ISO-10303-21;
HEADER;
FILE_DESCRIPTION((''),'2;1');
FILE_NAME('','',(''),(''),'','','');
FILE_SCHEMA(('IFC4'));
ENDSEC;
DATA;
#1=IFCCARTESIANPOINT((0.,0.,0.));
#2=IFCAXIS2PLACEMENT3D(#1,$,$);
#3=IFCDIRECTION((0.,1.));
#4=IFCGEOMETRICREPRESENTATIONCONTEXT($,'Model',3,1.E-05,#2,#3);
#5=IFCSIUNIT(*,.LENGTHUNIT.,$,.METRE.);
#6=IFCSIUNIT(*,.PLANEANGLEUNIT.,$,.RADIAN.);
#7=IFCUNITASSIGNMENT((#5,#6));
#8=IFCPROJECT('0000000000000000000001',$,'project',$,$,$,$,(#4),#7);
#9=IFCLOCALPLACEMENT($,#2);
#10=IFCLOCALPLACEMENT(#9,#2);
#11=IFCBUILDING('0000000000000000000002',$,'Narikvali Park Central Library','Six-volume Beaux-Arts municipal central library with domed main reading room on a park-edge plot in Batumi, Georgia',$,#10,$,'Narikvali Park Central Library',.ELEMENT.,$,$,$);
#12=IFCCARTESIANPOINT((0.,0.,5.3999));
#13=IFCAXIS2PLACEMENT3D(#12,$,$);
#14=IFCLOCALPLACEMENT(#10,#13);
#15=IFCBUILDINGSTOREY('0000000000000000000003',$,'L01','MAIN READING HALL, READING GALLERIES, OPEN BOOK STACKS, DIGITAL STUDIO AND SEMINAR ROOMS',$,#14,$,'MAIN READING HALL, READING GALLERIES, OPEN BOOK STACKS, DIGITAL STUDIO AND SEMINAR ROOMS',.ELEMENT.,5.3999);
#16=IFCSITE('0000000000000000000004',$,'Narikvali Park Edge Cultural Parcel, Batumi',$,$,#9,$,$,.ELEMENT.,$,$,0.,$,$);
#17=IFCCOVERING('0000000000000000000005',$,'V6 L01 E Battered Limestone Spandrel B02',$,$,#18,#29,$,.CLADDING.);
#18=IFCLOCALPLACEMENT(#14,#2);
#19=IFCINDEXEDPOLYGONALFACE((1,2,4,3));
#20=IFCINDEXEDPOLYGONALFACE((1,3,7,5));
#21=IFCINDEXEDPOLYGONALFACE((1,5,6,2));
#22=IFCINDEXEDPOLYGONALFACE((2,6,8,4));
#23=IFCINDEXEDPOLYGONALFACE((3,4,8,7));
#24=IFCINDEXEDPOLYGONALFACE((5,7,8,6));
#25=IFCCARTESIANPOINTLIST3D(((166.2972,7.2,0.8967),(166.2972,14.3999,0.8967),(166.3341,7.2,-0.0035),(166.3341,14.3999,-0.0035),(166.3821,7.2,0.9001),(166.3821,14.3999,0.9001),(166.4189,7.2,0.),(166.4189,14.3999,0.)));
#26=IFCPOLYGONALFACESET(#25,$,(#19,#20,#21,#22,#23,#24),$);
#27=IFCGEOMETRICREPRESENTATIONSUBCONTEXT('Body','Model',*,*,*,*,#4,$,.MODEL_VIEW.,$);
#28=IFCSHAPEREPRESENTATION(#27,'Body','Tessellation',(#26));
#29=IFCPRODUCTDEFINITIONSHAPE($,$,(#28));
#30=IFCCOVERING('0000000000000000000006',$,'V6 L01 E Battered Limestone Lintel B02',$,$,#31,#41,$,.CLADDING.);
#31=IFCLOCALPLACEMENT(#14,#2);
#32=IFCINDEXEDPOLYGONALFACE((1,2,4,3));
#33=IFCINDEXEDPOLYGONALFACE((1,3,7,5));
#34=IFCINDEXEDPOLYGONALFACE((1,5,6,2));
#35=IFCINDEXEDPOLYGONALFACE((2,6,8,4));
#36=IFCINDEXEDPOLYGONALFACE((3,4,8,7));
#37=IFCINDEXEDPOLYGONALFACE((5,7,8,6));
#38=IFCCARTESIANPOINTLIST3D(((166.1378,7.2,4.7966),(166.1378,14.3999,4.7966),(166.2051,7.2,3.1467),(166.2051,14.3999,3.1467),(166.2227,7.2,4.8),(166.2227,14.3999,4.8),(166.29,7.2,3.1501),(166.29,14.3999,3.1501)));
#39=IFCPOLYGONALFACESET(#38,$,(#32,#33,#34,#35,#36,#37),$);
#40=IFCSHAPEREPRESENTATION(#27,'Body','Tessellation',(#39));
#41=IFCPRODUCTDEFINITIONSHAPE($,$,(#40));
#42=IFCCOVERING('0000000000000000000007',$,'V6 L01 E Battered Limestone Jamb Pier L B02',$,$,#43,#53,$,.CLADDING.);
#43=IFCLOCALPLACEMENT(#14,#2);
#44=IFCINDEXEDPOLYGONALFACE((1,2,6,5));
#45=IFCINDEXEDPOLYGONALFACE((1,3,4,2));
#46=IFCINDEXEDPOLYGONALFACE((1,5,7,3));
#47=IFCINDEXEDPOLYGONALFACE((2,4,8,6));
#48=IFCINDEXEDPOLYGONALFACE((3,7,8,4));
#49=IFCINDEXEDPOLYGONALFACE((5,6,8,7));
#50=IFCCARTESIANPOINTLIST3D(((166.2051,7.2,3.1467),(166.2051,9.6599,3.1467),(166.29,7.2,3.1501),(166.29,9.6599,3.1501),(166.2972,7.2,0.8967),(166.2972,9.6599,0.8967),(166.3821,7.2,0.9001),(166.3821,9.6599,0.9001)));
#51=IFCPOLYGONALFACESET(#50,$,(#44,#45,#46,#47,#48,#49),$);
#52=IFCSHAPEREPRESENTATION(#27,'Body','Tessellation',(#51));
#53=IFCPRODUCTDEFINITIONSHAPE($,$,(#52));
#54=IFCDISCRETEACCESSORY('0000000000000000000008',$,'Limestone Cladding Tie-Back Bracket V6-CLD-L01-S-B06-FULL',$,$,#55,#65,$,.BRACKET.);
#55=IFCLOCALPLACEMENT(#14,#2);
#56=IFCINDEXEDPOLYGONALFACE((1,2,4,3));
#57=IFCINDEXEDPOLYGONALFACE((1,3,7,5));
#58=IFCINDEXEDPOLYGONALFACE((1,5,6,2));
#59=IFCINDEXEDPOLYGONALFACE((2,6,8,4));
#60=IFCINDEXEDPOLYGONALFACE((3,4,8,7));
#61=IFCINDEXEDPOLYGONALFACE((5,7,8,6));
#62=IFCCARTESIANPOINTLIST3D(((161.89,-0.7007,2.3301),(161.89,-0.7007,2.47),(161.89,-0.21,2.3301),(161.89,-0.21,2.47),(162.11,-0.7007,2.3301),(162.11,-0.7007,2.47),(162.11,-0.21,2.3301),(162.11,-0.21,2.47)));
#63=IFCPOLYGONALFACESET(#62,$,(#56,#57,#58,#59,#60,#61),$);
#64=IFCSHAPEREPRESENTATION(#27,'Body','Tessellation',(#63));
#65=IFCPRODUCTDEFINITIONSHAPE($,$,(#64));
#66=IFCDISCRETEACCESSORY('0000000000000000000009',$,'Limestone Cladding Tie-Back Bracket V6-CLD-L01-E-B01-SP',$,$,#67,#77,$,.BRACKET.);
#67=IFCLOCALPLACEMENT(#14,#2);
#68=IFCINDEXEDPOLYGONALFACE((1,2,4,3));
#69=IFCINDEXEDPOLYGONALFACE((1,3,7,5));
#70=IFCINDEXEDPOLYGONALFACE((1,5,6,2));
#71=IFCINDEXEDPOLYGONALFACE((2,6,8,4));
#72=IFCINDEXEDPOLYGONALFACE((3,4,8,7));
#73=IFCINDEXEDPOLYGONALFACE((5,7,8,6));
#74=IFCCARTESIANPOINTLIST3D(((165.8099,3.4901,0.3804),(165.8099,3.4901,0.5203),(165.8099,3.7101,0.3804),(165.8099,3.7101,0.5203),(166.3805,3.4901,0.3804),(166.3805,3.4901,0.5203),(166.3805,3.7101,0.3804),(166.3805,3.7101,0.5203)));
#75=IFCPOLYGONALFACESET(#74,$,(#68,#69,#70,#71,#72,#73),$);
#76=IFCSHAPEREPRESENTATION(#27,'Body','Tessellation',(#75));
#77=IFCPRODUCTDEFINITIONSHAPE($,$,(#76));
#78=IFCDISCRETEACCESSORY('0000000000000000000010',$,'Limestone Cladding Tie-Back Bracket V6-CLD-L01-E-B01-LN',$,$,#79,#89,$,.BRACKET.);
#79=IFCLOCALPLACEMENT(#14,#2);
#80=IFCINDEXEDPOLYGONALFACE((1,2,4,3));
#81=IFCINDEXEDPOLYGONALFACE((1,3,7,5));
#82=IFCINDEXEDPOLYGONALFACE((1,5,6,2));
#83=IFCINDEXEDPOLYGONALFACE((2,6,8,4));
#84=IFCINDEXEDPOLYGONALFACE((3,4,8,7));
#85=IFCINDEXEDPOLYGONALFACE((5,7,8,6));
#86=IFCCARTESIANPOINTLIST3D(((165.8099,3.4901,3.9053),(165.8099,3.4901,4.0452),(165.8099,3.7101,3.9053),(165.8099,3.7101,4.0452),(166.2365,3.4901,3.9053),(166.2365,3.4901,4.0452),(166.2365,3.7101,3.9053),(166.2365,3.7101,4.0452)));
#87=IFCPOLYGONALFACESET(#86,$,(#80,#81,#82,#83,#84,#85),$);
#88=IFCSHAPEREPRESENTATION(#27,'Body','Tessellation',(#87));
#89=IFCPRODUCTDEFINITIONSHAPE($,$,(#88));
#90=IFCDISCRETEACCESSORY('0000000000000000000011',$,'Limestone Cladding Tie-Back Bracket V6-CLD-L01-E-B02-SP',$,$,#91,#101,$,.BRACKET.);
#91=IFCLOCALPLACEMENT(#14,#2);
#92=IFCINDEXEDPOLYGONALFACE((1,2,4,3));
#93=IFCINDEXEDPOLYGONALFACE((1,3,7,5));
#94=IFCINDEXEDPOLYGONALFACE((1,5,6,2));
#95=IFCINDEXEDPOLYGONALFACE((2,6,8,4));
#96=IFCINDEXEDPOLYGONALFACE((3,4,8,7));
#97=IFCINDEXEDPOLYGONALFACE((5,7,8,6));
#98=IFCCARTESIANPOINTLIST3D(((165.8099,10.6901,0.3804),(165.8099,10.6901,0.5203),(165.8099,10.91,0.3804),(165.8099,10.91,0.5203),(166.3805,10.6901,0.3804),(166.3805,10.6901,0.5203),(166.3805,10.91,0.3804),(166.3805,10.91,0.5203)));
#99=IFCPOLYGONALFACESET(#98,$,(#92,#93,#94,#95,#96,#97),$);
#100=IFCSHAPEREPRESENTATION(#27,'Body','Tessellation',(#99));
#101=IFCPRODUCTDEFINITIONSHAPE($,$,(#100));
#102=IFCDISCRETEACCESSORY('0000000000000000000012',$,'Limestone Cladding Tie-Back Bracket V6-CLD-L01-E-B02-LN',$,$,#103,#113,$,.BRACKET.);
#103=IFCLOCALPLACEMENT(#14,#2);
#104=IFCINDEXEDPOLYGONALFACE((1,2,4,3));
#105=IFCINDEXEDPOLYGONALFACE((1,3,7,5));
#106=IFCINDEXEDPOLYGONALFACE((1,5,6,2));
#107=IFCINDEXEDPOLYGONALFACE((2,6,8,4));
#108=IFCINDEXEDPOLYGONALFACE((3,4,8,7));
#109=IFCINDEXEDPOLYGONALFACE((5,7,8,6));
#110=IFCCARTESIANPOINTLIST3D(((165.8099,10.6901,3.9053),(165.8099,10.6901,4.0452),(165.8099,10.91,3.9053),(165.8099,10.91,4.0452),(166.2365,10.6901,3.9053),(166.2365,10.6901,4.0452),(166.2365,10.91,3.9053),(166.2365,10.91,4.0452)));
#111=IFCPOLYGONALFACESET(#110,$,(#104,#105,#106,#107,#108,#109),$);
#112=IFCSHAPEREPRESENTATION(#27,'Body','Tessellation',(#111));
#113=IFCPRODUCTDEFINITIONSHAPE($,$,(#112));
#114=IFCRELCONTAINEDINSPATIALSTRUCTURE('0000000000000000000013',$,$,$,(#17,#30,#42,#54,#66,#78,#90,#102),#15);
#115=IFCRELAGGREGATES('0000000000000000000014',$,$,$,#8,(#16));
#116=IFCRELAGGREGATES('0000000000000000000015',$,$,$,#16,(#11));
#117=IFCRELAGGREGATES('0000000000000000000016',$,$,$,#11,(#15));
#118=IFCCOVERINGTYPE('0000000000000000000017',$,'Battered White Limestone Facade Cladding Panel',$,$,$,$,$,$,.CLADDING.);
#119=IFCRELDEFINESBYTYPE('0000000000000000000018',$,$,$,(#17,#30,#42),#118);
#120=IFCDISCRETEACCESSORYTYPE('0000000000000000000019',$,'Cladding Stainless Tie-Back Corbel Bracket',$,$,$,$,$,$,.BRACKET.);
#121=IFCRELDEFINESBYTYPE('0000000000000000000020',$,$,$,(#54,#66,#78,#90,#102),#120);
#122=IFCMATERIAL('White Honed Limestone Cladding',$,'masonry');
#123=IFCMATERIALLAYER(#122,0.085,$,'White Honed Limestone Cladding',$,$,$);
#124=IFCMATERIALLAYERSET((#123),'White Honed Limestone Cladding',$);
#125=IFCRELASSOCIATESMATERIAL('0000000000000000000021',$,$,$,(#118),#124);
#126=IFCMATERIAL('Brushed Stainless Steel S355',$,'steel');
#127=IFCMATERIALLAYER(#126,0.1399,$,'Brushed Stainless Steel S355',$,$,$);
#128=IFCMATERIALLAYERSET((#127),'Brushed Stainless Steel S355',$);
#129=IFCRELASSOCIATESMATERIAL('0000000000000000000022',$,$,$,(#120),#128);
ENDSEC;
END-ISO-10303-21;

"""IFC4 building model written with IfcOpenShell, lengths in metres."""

from ifc_helpers import new_model, si_unit, direction, frame, origin, origin_2d, place, context, subcontext, project, spatial, polyline, rectangle, outline, extrude, material, layer, layer_set, type_object, element, save


model = new_model("IFC4")

# Units and contexts
model_context = context("Model", 3, precision=1e-05, world=origin(), true_north=direction((0.0, 1.0)))
body_context = subcontext(model_context, "Body", "Model", "MODEL_VIEW")
ifc_project = project(units=[si_unit("LENGTHUNIT", "METRE"), si_unit("PLANEANGLEUNIT", "RADIAN")], contexts=[model_context])

# Site, building, storey
site_placement = place(None, origin())
site = spatial("IfcSite", under=ifc_project, at=site_placement, Name="Narikvali Park Edge Cultural Parcel, Batumi", CompositionType="ELEMENT", RefElevation=0.0)
building_placement = place(site_placement, origin())
building = spatial("IfcBuilding", under=site, at=building_placement, Name="Narikvali Park Central Library", Description="Six-volume Beaux-Arts municipal central library with domed main reading room on a park-edge plot in Batumi, Georgia", LongName="Narikvali Park Central Library", CompositionType="ELEMENT")
storey_placement = place(building_placement, frame((0.0, 0.0, 5.3999)))
storey = spatial("IfcBuildingStorey", under=building, at=storey_placement, Name="L01", Description="MAIN READING HALL, READING GALLERIES, OPEN BOOK STACKS, DIGITAL STUDIO AND SEMINAR ROOMS", LongName="MAIN READING HALL, READING GALLERIES, OPEN BOOK STACKS, DIGITAL STUDIO AND SEMINAR ROOMS", CompositionType="ELEMENT", Elevation=5.3999)

# Coverings
ifc_material_1 = material(Name="White Honed Limestone Cladding", Category="masonry")
ifc_layer_1 = layer(ifc_material_1, 0.085, Name="White Honed Limestone Cladding")
ifc_layer_set_1 = layer_set([ifc_layer_1], Name="White Honed Limestone Cladding")
covering_type = type_object("IfcCoveringType", Name="Battered White Limestone Facade Cladding Panel", PredefinedType="CLADDING", material=ifc_layer_set_1)
covering_1_placement = place(storey_placement, frame((166.4189, 7.2, 0.0), z_axis=(0.999162, 0.0, 0.04092), x_axis=(0.0, 1.0, 0.0)))
element("IfcCovering", 1, at=covering_1_placement, inside=storey, type_object=covering_type, Name="V6 L01 E Battered Limestone Spandrel B02", PredefinedType="CLADDING", context=body_context, shape_type="SweptSolid", body=[
    extrude(outline(polyline([(0.0, 0.0), (7.2, 0.0), (7.2, 0.9009), (0.0, 0.9009), (0.0, 0.0)])), origin(), (0.0, 0.0, -1.0), 0.085),
])
covering_2_placement = place(storey_placement, frame((166.29, 7.2, 3.1501), z_axis=(0.999167, 0.0, 0.040806), x_axis=(0.0, 1.0, 0.0)))
element("IfcCovering", 2, at=covering_2_placement, inside=storey, type_object=covering_type, Name="V6 L01 E Battered Limestone Lintel B02", PredefinedType="CLADDING", context=body_context, shape_type="SweptSolid", body=[
    extrude(outline(polyline([(0.0, 0.0), (7.2, 0.0), (7.2, 1.6513), (0.0, 1.6513), (0.0, 0.0)])), origin(), (0.0, 0.0, -1.0), 0.085),
])
covering_3_placement = place(storey_placement, frame((166.3821, 7.2, 0.9001), z_axis=(0.999164, 0.0, 0.040873), x_axis=(0.0, 1.0, 0.0)))
element("IfcCovering", 3, at=covering_3_placement, inside=storey, type_object=covering_type, Name="V6 L01 E Battered Limestone Jamb Pier L B02", PredefinedType="CLADDING", context=body_context, shape_type="SweptSolid", body=[
    extrude(outline(polyline([(0.0, 0.0), (2.46, 0.0), (2.46, 2.2519), (0.0, 2.2519), (0.0, 0.0)])), origin(), (0.0, 0.0, -1.0), 0.085),
])

# Discrete accessories
ifc_material_2 = material(Name="Brushed Stainless Steel S355", Category="steel")
ifc_layer_2 = layer(ifc_material_2, 0.1399, Name="Brushed Stainless Steel S355")
ifc_layer_set_2 = layer_set([ifc_layer_2], Name="Brushed Stainless Steel S355")
discrete_accessory_type = type_object("IfcDiscreteAccessoryType", Name="Cladding Stainless Tie-Back Corbel Bracket", PredefinedType="BRACKET", material=ifc_layer_set_2)
discrete_accessory_1_placement = place(storey_placement, frame((162.0, -0.4553, 2.3301), z_axis=(0.0, 0.0, 1.0), x_axis=(1.0, 0.0, 0.0)))
element("IfcDiscreteAccessory", 4, at=discrete_accessory_1_placement, inside=storey, type_object=discrete_accessory_type, Name="Limestone Cladding Tie-Back Bracket V6-CLD-L01-S-B06-FULL", PredefinedType="BRACKET", context=body_context, shape_type="SweptSolid", body=[
    extrude(rectangle(XDim=0.22, YDim=0.4907, at=origin_2d()), origin(), (0.0, 0.0, 1.0), 0.1399),
])
discrete_accessory_2_placement = place(storey_placement, frame((166.0952, 3.6001, 0.3804), z_axis=(0.0, 0.0, 1.0), x_axis=(1.0, 0.0, 0.0)))
element("IfcDiscreteAccessory", 5, at=discrete_accessory_2_placement, inside=storey, type_object=discrete_accessory_type, Name="Limestone Cladding Tie-Back Bracket V6-CLD-L01-E-B01-SP", PredefinedType="BRACKET", context=body_context, shape_type="SweptSolid", body=[
    extrude(rectangle(XDim=0.5706, YDim=0.22, at=origin_2d()), origin(), (0.0, 0.0, 1.0), 0.1399),
])
discrete_accessory_3_placement = place(storey_placement, frame((166.0232, 3.6001, 3.9053), z_axis=(0.0, 0.0, 1.0), x_axis=(1.0, 0.0, 0.0)))
element("IfcDiscreteAccessory", 6, at=discrete_accessory_3_placement, inside=storey, type_object=discrete_accessory_type, Name="Limestone Cladding Tie-Back Bracket V6-CLD-L01-E-B01-LN", PredefinedType="BRACKET", context=body_context, shape_type="SweptSolid", body=[
    extrude(rectangle(XDim=0.4265, YDim=0.22, at=origin_2d()), origin(), (0.0, 0.0, 1.0), 0.1399),
])
discrete_accessory_4_placement = place(storey_placement, frame((166.0952, 10.8, 0.3804), z_axis=(0.0, 0.0, 1.0), x_axis=(1.0, 0.0, 0.0)))
element("IfcDiscreteAccessory", 7, at=discrete_accessory_4_placement, inside=storey, type_object=discrete_accessory_type, Name="Limestone Cladding Tie-Back Bracket V6-CLD-L01-E-B02-SP", PredefinedType="BRACKET", context=body_context, shape_type="SweptSolid", body=[
    extrude(rectangle(XDim=0.5706, YDim=0.22, at=origin_2d()), origin(), (0.0, 0.0, 1.0), 0.1399),
])
discrete_accessory_5_placement = place(storey_placement, frame((166.0232, 10.8, 3.9053), z_axis=(0.0, 0.0, 1.0), x_axis=(1.0, 0.0, 0.0)))
element("IfcDiscreteAccessory", 8, at=discrete_accessory_5_placement, inside=storey, type_object=discrete_accessory_type, Name="Limestone Cladding Tie-Back Bracket V6-CLD-L01-E-B02-LN", PredefinedType="BRACKET", context=body_context, shape_type="SweptSolid", body=[
    extrude(rectangle(XDim=0.4265, YDim=0.22, at=origin_2d()), origin(), (0.0, 0.0, 1.0), 0.1399),
])

save(model, "model.ifc")
